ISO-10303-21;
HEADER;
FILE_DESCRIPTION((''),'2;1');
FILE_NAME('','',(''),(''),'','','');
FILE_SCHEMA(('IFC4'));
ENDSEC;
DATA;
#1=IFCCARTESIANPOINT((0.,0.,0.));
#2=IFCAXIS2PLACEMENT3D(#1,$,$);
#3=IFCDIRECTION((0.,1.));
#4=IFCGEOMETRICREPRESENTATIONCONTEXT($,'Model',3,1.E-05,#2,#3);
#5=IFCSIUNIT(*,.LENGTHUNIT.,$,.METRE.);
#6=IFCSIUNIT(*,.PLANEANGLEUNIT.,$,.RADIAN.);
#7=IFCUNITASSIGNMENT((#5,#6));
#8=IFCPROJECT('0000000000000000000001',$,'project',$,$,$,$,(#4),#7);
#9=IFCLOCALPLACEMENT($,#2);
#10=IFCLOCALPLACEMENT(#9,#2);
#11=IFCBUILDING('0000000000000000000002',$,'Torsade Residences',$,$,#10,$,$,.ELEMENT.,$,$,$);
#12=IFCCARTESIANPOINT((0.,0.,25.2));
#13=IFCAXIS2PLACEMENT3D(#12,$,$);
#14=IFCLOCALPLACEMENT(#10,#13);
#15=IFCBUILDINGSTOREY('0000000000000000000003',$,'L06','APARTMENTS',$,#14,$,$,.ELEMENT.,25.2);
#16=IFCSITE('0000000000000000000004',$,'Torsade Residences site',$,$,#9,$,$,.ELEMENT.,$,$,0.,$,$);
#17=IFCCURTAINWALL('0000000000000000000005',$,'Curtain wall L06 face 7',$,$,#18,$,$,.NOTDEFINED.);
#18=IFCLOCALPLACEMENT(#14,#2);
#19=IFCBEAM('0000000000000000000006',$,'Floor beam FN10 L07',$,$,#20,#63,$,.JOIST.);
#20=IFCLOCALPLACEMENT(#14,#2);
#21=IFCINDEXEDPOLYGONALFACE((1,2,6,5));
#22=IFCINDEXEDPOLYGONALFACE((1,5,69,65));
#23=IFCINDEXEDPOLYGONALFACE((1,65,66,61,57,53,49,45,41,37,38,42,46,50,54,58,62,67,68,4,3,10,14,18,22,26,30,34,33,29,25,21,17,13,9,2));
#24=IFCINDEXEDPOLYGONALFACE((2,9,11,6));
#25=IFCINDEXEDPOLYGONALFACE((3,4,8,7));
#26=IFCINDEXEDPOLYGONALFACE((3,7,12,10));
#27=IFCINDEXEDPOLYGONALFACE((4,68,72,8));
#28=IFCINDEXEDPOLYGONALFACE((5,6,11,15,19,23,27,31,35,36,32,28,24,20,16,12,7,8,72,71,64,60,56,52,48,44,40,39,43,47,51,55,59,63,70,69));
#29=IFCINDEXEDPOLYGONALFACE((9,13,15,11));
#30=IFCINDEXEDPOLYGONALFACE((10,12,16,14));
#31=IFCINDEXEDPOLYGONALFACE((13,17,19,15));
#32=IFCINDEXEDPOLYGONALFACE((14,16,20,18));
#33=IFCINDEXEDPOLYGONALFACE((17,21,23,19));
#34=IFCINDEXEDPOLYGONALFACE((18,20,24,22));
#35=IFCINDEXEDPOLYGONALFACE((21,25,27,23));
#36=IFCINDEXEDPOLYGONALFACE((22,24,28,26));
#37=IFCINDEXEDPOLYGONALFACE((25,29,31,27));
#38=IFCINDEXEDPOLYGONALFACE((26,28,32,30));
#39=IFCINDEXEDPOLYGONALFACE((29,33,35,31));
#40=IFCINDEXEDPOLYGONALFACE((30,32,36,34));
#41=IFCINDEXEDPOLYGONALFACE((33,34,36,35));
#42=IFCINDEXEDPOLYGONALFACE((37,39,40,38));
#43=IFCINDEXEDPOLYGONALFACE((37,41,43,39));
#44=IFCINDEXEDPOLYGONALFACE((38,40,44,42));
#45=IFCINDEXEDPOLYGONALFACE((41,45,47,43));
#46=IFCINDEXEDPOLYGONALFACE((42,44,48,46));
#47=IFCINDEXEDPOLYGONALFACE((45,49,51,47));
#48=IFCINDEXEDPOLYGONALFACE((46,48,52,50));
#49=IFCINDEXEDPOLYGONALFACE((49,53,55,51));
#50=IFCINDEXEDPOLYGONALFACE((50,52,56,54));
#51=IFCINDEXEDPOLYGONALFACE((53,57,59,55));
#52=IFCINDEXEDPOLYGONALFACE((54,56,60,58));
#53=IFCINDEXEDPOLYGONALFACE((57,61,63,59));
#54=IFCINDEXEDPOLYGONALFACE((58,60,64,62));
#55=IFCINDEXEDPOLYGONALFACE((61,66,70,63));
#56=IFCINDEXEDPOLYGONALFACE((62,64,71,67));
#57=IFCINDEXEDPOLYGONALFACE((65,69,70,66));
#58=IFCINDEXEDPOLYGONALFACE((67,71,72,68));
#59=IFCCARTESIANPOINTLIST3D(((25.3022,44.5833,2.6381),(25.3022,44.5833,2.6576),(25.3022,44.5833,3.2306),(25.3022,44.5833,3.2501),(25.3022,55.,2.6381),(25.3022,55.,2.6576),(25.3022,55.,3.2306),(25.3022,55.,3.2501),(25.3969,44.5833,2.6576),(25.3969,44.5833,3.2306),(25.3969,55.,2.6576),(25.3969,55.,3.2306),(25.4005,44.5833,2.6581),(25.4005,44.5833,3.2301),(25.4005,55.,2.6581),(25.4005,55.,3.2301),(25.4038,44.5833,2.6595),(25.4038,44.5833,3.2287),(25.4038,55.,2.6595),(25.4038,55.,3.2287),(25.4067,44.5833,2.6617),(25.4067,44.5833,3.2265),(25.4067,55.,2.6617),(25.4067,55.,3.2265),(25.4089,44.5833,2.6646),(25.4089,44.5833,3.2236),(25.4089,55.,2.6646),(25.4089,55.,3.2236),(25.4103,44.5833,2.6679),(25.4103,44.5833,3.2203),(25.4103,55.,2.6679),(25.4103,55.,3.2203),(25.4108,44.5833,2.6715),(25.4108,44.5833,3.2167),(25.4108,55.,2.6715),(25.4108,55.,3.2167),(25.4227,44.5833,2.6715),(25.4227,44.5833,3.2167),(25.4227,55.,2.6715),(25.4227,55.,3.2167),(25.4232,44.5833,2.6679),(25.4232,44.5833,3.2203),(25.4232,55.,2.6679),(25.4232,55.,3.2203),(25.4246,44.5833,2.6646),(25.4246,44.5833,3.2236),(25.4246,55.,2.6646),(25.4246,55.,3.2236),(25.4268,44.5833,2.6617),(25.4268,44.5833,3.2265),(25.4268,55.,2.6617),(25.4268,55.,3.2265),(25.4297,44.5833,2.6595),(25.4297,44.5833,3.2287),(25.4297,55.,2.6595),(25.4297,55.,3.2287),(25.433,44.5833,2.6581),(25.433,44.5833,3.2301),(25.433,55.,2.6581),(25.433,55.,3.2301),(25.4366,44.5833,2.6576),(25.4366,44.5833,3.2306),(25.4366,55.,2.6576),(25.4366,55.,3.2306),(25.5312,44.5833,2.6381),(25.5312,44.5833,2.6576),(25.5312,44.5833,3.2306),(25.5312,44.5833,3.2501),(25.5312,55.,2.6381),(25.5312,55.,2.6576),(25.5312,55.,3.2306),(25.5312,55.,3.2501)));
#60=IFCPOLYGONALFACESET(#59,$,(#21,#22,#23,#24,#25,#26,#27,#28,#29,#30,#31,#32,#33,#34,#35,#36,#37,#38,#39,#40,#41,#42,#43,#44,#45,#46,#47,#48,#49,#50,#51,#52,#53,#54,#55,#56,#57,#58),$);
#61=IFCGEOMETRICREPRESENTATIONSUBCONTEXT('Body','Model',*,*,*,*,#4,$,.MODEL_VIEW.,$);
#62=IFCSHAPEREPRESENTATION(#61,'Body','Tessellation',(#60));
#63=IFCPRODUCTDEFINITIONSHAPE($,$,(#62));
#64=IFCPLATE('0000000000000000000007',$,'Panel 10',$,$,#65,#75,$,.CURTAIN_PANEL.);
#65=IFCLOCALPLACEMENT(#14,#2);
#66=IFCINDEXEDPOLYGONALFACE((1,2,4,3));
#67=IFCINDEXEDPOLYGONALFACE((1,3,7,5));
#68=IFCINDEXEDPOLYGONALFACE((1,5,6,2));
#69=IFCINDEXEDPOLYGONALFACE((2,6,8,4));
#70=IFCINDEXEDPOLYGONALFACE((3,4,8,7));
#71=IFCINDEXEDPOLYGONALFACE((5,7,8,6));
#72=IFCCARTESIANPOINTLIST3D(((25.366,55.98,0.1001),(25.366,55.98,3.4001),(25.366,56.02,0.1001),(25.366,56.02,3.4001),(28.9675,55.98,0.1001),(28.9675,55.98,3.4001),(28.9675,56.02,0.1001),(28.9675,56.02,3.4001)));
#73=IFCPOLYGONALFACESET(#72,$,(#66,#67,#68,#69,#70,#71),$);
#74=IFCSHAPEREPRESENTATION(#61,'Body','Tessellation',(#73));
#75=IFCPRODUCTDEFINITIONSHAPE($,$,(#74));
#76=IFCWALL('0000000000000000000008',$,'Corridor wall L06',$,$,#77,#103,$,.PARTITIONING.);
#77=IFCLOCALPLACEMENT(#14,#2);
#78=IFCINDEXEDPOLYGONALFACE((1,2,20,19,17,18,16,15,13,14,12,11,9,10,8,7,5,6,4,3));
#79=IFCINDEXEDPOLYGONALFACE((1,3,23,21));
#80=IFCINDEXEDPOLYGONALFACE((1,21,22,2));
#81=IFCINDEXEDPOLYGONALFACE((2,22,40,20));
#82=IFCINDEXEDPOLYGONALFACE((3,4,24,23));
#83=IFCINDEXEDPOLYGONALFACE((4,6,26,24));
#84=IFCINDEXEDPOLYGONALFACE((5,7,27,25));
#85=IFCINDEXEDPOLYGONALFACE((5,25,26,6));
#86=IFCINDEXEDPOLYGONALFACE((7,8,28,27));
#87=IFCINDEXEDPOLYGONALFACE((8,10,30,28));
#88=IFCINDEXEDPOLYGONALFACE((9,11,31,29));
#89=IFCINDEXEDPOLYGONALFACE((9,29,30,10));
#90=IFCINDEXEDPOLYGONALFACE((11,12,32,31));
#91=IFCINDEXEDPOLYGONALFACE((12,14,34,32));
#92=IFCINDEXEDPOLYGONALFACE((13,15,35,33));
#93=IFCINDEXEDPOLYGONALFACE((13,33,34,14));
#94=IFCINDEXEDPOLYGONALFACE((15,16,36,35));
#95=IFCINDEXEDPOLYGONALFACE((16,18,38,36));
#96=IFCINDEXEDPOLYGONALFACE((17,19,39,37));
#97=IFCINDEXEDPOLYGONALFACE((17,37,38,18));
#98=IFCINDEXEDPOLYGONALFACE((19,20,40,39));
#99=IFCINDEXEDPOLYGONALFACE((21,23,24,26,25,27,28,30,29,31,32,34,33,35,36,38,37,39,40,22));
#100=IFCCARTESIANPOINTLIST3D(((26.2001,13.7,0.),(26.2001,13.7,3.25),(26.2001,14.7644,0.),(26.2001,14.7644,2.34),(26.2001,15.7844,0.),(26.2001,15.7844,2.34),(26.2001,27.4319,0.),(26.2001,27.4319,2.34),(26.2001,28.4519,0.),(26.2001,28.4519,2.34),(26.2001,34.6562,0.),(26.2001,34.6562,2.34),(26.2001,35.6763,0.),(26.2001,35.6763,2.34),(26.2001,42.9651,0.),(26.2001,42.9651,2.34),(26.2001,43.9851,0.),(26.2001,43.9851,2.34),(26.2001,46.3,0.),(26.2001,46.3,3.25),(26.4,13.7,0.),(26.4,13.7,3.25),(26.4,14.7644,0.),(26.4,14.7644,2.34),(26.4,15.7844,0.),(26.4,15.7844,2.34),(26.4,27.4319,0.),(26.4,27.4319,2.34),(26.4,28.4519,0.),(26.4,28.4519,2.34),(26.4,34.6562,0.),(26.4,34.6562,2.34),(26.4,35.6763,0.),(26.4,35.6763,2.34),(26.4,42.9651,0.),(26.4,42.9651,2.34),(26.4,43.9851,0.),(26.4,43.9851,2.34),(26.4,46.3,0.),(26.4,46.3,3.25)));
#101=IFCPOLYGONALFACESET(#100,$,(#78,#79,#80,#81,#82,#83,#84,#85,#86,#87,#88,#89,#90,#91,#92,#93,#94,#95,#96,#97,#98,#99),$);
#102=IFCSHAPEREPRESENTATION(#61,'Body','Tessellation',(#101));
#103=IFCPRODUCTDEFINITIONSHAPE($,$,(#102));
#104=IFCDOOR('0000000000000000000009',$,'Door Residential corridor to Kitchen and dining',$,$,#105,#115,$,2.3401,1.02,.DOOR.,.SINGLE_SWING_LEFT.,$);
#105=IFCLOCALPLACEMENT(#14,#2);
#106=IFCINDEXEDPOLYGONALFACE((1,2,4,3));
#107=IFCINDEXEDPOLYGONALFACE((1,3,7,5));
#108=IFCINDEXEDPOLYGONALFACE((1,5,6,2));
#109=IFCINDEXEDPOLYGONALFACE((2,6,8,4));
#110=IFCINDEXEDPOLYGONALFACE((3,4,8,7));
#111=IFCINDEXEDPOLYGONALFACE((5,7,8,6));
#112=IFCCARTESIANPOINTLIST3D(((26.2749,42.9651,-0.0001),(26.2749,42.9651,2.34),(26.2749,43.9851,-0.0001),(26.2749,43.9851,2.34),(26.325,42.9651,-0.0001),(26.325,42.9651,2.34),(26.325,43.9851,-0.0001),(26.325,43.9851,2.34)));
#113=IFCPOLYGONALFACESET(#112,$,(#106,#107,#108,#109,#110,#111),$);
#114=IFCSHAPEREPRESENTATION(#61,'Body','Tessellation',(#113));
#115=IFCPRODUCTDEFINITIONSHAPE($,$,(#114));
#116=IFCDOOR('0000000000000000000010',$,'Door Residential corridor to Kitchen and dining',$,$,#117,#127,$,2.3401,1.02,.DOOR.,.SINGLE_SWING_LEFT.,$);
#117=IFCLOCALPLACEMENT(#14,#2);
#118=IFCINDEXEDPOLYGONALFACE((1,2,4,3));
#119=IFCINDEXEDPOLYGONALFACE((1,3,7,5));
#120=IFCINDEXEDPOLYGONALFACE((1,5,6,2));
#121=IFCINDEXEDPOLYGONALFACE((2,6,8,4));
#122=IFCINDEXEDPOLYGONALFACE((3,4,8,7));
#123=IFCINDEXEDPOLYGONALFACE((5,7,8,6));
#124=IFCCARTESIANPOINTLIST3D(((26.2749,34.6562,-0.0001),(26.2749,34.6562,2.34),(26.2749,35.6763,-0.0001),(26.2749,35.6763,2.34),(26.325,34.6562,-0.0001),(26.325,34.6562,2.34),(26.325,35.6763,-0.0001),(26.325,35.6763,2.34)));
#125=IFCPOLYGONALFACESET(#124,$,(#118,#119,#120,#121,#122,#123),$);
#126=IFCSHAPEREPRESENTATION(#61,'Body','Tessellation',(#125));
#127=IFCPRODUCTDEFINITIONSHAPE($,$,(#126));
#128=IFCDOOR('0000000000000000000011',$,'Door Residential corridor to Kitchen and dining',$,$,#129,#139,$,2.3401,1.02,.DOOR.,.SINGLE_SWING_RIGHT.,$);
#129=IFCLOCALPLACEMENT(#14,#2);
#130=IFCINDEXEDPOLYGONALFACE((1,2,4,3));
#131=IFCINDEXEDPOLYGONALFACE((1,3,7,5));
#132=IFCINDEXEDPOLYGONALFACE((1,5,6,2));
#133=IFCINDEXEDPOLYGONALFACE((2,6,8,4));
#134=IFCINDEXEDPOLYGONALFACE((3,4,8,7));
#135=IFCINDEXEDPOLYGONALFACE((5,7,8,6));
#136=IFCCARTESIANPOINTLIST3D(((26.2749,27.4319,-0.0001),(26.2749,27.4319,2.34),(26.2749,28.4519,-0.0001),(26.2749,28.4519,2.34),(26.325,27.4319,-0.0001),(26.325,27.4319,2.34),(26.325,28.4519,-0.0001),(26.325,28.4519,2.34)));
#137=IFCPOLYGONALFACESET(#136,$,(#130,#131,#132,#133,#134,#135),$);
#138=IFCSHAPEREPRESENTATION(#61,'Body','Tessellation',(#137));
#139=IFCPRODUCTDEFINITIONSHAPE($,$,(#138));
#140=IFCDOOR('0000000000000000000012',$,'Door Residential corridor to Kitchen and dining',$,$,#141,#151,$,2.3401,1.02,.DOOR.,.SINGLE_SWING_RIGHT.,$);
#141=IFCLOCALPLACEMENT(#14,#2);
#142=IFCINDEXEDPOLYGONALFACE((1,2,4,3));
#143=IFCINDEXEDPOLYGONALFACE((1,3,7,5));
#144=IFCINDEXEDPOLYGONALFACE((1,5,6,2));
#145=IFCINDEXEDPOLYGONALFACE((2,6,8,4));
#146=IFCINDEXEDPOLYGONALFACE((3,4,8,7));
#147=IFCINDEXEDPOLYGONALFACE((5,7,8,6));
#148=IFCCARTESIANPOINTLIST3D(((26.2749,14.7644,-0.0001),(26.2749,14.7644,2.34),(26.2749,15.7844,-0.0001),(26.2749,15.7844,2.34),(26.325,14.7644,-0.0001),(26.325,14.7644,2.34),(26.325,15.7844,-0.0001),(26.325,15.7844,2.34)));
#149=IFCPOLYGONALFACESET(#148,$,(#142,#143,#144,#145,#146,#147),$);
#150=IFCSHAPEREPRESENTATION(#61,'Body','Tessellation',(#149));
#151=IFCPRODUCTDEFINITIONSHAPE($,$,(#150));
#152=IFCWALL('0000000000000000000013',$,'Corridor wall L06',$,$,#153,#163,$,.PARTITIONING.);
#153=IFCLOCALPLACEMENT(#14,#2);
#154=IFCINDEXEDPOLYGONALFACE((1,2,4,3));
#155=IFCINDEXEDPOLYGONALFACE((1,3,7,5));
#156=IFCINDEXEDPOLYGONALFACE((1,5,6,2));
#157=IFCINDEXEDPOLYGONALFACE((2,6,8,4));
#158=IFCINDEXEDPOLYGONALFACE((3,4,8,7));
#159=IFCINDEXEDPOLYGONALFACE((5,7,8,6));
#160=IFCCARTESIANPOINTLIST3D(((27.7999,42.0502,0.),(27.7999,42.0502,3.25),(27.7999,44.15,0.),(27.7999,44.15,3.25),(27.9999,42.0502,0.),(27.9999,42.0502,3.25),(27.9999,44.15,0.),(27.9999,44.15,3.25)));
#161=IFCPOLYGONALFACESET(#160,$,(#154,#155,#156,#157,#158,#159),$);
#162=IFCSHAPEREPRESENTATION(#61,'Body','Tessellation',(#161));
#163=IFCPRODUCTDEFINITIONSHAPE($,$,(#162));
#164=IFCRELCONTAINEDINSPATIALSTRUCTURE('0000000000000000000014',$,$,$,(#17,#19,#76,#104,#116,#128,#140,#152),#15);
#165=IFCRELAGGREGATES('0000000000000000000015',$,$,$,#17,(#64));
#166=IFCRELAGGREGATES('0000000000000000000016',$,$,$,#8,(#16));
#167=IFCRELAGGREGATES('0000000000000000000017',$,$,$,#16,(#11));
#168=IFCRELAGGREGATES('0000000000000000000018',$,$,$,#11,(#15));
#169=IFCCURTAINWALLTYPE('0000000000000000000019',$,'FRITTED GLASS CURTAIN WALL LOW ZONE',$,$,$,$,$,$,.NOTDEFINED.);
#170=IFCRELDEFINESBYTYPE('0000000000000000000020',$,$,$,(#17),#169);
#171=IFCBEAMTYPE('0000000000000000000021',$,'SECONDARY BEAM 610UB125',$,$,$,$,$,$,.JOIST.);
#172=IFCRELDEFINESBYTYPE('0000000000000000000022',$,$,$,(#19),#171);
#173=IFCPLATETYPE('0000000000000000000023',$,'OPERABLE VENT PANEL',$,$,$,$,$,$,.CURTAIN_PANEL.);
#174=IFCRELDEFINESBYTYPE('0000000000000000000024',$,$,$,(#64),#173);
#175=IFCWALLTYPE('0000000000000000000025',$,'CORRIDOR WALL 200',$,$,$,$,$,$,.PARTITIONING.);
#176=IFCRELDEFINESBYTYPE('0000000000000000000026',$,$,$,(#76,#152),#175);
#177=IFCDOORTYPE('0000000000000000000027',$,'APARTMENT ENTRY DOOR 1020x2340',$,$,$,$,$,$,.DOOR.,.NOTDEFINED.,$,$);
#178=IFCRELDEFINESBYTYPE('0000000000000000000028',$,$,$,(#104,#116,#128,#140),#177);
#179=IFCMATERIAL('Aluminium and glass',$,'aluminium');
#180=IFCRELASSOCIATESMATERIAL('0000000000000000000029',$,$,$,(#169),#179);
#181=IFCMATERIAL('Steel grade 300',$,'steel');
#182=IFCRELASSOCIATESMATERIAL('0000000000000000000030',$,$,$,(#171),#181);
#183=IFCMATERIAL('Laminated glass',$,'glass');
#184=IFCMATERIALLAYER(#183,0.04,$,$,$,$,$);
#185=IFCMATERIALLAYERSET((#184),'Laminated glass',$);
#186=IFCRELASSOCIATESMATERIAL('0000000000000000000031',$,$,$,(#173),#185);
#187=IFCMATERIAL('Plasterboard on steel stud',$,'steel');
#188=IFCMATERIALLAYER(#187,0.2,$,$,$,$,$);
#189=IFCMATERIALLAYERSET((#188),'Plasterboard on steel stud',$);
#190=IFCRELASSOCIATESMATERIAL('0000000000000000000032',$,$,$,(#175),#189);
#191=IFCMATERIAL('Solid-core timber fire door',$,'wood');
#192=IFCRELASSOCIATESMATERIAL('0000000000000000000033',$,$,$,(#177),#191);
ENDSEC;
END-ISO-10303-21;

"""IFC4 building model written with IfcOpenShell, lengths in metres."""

from ifc_helpers import new_model, si_unit, direction, frame, frame_2d, origin, origin_2d, place, context, subcontext, project, spatial, rectangle, i_section, extrude, material, layer, layer_set, material_profile, profile_set, type_object, element, fill, aggregate, save


model = new_model("IFC4")

# Units and contexts
model_context = context("Model", 3, precision=1e-05, world=origin(), true_north=direction((0.0, 1.0)))
body_context = subcontext(model_context, "Body", "Model", "MODEL_VIEW")
ifc_project = project(units=[si_unit("LENGTHUNIT", "METRE"), si_unit("PLANEANGLEUNIT", "RADIAN")], contexts=[model_context])

# Site, building, storey
site_placement = place(None, origin())
site = spatial("IfcSite", under=ifc_project, at=site_placement, Name="Torsade Residences site", CompositionType="ELEMENT", RefElevation=0.0)
building_placement = place(site_placement, origin())
building = spatial("IfcBuilding", under=site, at=building_placement, Name="Torsade Residences", CompositionType="ELEMENT")
storey_placement = place(building_placement, frame((0.0, 0.0, 25.2)))
storey = spatial("IfcBuildingStorey", under=building, at=storey_placement, Name="L06", Description="APARTMENTS", CompositionType="ELEMENT", Elevation=25.2)

# Curtain wall
ifc_material_1 = material(Name="Aluminium and glass", Category="aluminium")
curtain_wall_type = type_object("IfcCurtainWallType", Name="FRITTED GLASS CURTAIN WALL LOW ZONE", PredefinedType="NOTDEFINED", material=ifc_material_1)
curtain_wall_placement = place(storey_placement, origin())
curtain_wall = element("IfcCurtainWall", 1, at=curtain_wall_placement, inside=storey, type_object=curtain_wall_type, Name="Curtain wall L06 face 7", PredefinedType="NOTDEFINED")

# Beam
ifc_material_2 = material(Name="Steel grade 300", Category="steel")
ifc_material_profile_1 = material_profile(ifc_material_2, i_section(OverallWidth=0.229, OverallDepth=0.6121, WebThickness=0.012, FlangeThickness=0.0195, FilletRadius=0.0139, at=origin_2d()), Name="610UB125")
ifc_profile_set_1 = profile_set([ifc_material_profile_1], Name="Steel grade 300")
beam_type_1 = type_object("IfcBeamType", Name="SECONDARY BEAM 610UB125", PredefinedType="JOIST", material=ifc_profile_set_1)
beam_1_placement = place(storey_placement, frame((25.4167, 55.0, 2.9441), z_axis=(0.0, -1.0, 0.0), x_axis=(1.0, 0.0, 0.0)))
element("IfcBeam", 2, at=beam_1_placement, inside=storey, type_object=beam_type_1, Name="Floor beam FN10 L07", PredefinedType="JOIST", context=body_context, shape_type="SweptSolid", body=[
    extrude(i_section(OverallWidth=0.229, OverallDepth=0.6121, WebThickness=0.012, FlangeThickness=0.0195, FilletRadius=0.0139, at=origin_2d()), origin(), (0.0, 0.0, 1.0), 10.4167),
])

# Plate
ifc_material_3 = material(Name="Laminated glass", Category="glass")
ifc_layer_1 = layer(ifc_material_3, 0.04)
ifc_layer_set_1 = layer_set([ifc_layer_1], Name="Laminated glass")
plate_type = type_object("IfcPlateType", Name="OPERABLE VENT PANEL", PredefinedType="CURTAIN_PANEL", material=ifc_layer_set_1)
plate_placement = place(storey_placement, frame((27.1667, 56.0, 0.1001), z_axis=(0.0, 0.0, 1.0), x_axis=(-1.0, 0.0, 0.0)))
plate = element("IfcPlate", 3, at=plate_placement, type_object=plate_type, Name="Panel 10", PredefinedType="CURTAIN_PANEL", context=body_context, shape_type="SweptSolid", body=[
    extrude(rectangle(XDim=3.6016, YDim=0.04, at=origin_2d()), origin(), (0.0, 0.0, 1.0), 3.3),
])
aggregate(curtain_wall, [plate])

# Wall, openings, doors
ifc_material_4 = material(Name="Plasterboard on steel stud", Category="steel")
ifc_layer_2 = layer(ifc_material_4, 0.2)
ifc_layer_set_2 = layer_set([ifc_layer_2], Name="Plasterboard on steel stud")
wall_type_1 = type_object("IfcWallType", Name="CORRIDOR WALL 200", PredefinedType="PARTITIONING", material=ifc_layer_set_2)
wall_1_placement = place(storey_placement, frame((26.3, 46.3, 0.0), z_axis=(0.0, 0.0, 1.0), x_axis=(0.0, -1.0, 0.0)))
wall_1 = element("IfcWall", 4, at=wall_1_placement, inside=storey, type_object=wall_type_1, Name="Corridor wall L06", PredefinedType="PARTITIONING", context=body_context, shape_type="SweptSolid", body=[
    extrude(rectangle(XDim=32.6001, YDim=0.2, at=frame_2d((16.3, 0.0))), origin(), (0.0, 0.0, 1.0), 3.25),
])
opening_1_placement = place(wall_1_placement, frame((2.3149, 0.0, 0.0)))
opening_1 = element("IfcOpeningElement", 5, at=opening_1_placement, cuts=wall_1, PredefinedType="OPENING", context=body_context, shape_type="SweptSolid", body=[
    extrude(rectangle(XDim=1.02, YDim=2.3401, at=frame_2d((0.51, 1.1699))), frame((0.0, 0.1099, 0.0), z_axis=(0.0, -1.0, 0.0), x_axis=(1.0, 0.0, 0.0)), (0.0, 0.0, 1.0), 0.22),
])
opening_2_placement = place(wall_1_placement, frame((10.6238, 0.0, 0.0)))
opening_2 = element("IfcOpeningElement", 6, at=opening_2_placement, cuts=wall_1, PredefinedType="OPENING", context=body_context, shape_type="SweptSolid", body=[
    extrude(rectangle(XDim=1.02, YDim=2.3401, at=frame_2d((0.51, 1.1699))), frame((0.0, 0.1099, 0.0), z_axis=(0.0, -1.0, 0.0), x_axis=(1.0, 0.0, 0.0)), (0.0, 0.0, 1.0), 0.22),
])
opening_3_placement = place(wall_1_placement, frame((17.8481, 0.0, 0.0)))
opening_3 = element("IfcOpeningElement", 7, at=opening_3_placement, cuts=wall_1, PredefinedType="OPENING", context=body_context, shape_type="SweptSolid", body=[
    extrude(rectangle(XDim=1.02, YDim=2.3401, at=frame_2d((0.51, 1.1699))), frame((0.0, 0.1099, 0.0), z_axis=(0.0, -1.0, 0.0), x_axis=(1.0, 0.0, 0.0)), (0.0, 0.0, 1.0), 0.22),
])
opening_4_placement = place(wall_1_placement, frame((30.5156, 0.0, 0.0)))
opening_4 = element("IfcOpeningElement", 8, at=opening_4_placement, cuts=wall_1, PredefinedType="OPENING", context=body_context, shape_type="SweptSolid", body=[
    extrude(rectangle(XDim=1.02, YDim=2.3401, at=frame_2d((0.51, 1.1699))), frame((0.0, 0.1099, 0.0), z_axis=(0.0, -1.0, 0.0), x_axis=(1.0, 0.0, 0.0)), (0.0, 0.0, 1.0), 0.22),
])
ifc_material_5 = material(Name="Solid-core timber fire door", Category="wood")
door_type_1 = type_object("IfcDoorType", Name="APARTMENT ENTRY DOOR 1020x2340", OperationType="NOTDEFINED", PredefinedType="DOOR", material=ifc_material_5)
door_1_placement = place(opening_1_placement, origin())
door_1 = element("IfcDoor", 9, at=door_1_placement, inside=storey, type_object=door_type_1, Name="Door Residential corridor to Kitchen and dining", OperationType="SINGLE_SWING_LEFT", OverallHeight=2.3401, OverallWidth=1.02, PredefinedType="DOOR", context=body_context, shape_type="SweptSolid", body=[
    extrude(rectangle(XDim=1.02, YDim=2.3401, at=frame_2d((0.51, 1.1699))), frame((0.0, 0.0249, 0.0), z_axis=(0.0, -1.0, 0.0), x_axis=(1.0, 0.0, 0.0)), (0.0, 0.0, 1.0), 0.05),
])
fill(opening_1, door_1)
door_2_placement = place(opening_2_placement, origin())
door_2 = element("IfcDoor", 10, at=door_2_placement, inside=storey, type_object=door_type_1, Name="Door Residential corridor to Kitchen and dining", OperationType="SINGLE_SWING_LEFT", OverallHeight=2.3401, OverallWidth=1.02, PredefinedType="DOOR", context=body_context, shape_type="SweptSolid", body=[
    extrude(rectangle(XDim=1.02, YDim=2.3401, at=frame_2d((0.51, 1.1699))), frame((0.0, 0.0249, 0.0), z_axis=(0.0, -1.0, 0.0), x_axis=(1.0, 0.0, 0.0)), (0.0, 0.0, 1.0), 0.05),
])
fill(opening_2, door_2)
door_3_placement = place(opening_3_placement, origin())
door_3 = element("IfcDoor", 11, at=door_3_placement, inside=storey, type_object=door_type_1, Name="Door Residential corridor to Kitchen and dining", OperationType="SINGLE_SWING_RIGHT", OverallHeight=2.3401, OverallWidth=1.02, PredefinedType="DOOR", context=body_context, shape_type="SweptSolid", body=[
    extrude(rectangle(XDim=1.02, YDim=2.3401, at=frame_2d((0.51, 1.1699))), frame((0.0, 0.0249, 0.0), z_axis=(0.0, -1.0, 0.0), x_axis=(1.0, 0.0, 0.0)), (0.0, 0.0, 1.0), 0.05),
])
fill(opening_3, door_3)
door_4_placement = place(opening_4_placement, origin())
door_4 = element("IfcDoor", 12, at=door_4_placement, inside=storey, type_object=door_type_1, Name="Door Residential corridor to Kitchen and dining", OperationType="SINGLE_SWING_RIGHT", OverallHeight=2.3401, OverallWidth=1.02, PredefinedType="DOOR", context=body_context, shape_type="SweptSolid", body=[
    extrude(rectangle(XDim=1.02, YDim=2.3401, at=frame_2d((0.51, 1.1699))), frame((0.0, 0.0249, 0.0), z_axis=(0.0, -1.0, 0.0), x_axis=(1.0, 0.0, 0.0)), (0.0, 0.0, 1.0), 0.05),
])
fill(opening_4, door_4)

# Wall
wall_2_placement = place(storey_placement, frame((27.8999, 44.1499, 0.0), z_axis=(0.0, 0.0, 1.0), x_axis=(0.0, -1.0, 0.0)))
element("IfcWall", 13, at=wall_2_placement, inside=storey, type_object=wall_type_1, Name="Corridor wall L06", PredefinedType="PARTITIONING", context=body_context, shape_type="SweptSolid", body=[
    extrude(rectangle(XDim=2.0999, YDim=0.2, at=frame_2d((1.0498, 0.0))), origin(), (0.0, 0.0, 1.0), 3.25),
])

save(model, "model.ifc")
